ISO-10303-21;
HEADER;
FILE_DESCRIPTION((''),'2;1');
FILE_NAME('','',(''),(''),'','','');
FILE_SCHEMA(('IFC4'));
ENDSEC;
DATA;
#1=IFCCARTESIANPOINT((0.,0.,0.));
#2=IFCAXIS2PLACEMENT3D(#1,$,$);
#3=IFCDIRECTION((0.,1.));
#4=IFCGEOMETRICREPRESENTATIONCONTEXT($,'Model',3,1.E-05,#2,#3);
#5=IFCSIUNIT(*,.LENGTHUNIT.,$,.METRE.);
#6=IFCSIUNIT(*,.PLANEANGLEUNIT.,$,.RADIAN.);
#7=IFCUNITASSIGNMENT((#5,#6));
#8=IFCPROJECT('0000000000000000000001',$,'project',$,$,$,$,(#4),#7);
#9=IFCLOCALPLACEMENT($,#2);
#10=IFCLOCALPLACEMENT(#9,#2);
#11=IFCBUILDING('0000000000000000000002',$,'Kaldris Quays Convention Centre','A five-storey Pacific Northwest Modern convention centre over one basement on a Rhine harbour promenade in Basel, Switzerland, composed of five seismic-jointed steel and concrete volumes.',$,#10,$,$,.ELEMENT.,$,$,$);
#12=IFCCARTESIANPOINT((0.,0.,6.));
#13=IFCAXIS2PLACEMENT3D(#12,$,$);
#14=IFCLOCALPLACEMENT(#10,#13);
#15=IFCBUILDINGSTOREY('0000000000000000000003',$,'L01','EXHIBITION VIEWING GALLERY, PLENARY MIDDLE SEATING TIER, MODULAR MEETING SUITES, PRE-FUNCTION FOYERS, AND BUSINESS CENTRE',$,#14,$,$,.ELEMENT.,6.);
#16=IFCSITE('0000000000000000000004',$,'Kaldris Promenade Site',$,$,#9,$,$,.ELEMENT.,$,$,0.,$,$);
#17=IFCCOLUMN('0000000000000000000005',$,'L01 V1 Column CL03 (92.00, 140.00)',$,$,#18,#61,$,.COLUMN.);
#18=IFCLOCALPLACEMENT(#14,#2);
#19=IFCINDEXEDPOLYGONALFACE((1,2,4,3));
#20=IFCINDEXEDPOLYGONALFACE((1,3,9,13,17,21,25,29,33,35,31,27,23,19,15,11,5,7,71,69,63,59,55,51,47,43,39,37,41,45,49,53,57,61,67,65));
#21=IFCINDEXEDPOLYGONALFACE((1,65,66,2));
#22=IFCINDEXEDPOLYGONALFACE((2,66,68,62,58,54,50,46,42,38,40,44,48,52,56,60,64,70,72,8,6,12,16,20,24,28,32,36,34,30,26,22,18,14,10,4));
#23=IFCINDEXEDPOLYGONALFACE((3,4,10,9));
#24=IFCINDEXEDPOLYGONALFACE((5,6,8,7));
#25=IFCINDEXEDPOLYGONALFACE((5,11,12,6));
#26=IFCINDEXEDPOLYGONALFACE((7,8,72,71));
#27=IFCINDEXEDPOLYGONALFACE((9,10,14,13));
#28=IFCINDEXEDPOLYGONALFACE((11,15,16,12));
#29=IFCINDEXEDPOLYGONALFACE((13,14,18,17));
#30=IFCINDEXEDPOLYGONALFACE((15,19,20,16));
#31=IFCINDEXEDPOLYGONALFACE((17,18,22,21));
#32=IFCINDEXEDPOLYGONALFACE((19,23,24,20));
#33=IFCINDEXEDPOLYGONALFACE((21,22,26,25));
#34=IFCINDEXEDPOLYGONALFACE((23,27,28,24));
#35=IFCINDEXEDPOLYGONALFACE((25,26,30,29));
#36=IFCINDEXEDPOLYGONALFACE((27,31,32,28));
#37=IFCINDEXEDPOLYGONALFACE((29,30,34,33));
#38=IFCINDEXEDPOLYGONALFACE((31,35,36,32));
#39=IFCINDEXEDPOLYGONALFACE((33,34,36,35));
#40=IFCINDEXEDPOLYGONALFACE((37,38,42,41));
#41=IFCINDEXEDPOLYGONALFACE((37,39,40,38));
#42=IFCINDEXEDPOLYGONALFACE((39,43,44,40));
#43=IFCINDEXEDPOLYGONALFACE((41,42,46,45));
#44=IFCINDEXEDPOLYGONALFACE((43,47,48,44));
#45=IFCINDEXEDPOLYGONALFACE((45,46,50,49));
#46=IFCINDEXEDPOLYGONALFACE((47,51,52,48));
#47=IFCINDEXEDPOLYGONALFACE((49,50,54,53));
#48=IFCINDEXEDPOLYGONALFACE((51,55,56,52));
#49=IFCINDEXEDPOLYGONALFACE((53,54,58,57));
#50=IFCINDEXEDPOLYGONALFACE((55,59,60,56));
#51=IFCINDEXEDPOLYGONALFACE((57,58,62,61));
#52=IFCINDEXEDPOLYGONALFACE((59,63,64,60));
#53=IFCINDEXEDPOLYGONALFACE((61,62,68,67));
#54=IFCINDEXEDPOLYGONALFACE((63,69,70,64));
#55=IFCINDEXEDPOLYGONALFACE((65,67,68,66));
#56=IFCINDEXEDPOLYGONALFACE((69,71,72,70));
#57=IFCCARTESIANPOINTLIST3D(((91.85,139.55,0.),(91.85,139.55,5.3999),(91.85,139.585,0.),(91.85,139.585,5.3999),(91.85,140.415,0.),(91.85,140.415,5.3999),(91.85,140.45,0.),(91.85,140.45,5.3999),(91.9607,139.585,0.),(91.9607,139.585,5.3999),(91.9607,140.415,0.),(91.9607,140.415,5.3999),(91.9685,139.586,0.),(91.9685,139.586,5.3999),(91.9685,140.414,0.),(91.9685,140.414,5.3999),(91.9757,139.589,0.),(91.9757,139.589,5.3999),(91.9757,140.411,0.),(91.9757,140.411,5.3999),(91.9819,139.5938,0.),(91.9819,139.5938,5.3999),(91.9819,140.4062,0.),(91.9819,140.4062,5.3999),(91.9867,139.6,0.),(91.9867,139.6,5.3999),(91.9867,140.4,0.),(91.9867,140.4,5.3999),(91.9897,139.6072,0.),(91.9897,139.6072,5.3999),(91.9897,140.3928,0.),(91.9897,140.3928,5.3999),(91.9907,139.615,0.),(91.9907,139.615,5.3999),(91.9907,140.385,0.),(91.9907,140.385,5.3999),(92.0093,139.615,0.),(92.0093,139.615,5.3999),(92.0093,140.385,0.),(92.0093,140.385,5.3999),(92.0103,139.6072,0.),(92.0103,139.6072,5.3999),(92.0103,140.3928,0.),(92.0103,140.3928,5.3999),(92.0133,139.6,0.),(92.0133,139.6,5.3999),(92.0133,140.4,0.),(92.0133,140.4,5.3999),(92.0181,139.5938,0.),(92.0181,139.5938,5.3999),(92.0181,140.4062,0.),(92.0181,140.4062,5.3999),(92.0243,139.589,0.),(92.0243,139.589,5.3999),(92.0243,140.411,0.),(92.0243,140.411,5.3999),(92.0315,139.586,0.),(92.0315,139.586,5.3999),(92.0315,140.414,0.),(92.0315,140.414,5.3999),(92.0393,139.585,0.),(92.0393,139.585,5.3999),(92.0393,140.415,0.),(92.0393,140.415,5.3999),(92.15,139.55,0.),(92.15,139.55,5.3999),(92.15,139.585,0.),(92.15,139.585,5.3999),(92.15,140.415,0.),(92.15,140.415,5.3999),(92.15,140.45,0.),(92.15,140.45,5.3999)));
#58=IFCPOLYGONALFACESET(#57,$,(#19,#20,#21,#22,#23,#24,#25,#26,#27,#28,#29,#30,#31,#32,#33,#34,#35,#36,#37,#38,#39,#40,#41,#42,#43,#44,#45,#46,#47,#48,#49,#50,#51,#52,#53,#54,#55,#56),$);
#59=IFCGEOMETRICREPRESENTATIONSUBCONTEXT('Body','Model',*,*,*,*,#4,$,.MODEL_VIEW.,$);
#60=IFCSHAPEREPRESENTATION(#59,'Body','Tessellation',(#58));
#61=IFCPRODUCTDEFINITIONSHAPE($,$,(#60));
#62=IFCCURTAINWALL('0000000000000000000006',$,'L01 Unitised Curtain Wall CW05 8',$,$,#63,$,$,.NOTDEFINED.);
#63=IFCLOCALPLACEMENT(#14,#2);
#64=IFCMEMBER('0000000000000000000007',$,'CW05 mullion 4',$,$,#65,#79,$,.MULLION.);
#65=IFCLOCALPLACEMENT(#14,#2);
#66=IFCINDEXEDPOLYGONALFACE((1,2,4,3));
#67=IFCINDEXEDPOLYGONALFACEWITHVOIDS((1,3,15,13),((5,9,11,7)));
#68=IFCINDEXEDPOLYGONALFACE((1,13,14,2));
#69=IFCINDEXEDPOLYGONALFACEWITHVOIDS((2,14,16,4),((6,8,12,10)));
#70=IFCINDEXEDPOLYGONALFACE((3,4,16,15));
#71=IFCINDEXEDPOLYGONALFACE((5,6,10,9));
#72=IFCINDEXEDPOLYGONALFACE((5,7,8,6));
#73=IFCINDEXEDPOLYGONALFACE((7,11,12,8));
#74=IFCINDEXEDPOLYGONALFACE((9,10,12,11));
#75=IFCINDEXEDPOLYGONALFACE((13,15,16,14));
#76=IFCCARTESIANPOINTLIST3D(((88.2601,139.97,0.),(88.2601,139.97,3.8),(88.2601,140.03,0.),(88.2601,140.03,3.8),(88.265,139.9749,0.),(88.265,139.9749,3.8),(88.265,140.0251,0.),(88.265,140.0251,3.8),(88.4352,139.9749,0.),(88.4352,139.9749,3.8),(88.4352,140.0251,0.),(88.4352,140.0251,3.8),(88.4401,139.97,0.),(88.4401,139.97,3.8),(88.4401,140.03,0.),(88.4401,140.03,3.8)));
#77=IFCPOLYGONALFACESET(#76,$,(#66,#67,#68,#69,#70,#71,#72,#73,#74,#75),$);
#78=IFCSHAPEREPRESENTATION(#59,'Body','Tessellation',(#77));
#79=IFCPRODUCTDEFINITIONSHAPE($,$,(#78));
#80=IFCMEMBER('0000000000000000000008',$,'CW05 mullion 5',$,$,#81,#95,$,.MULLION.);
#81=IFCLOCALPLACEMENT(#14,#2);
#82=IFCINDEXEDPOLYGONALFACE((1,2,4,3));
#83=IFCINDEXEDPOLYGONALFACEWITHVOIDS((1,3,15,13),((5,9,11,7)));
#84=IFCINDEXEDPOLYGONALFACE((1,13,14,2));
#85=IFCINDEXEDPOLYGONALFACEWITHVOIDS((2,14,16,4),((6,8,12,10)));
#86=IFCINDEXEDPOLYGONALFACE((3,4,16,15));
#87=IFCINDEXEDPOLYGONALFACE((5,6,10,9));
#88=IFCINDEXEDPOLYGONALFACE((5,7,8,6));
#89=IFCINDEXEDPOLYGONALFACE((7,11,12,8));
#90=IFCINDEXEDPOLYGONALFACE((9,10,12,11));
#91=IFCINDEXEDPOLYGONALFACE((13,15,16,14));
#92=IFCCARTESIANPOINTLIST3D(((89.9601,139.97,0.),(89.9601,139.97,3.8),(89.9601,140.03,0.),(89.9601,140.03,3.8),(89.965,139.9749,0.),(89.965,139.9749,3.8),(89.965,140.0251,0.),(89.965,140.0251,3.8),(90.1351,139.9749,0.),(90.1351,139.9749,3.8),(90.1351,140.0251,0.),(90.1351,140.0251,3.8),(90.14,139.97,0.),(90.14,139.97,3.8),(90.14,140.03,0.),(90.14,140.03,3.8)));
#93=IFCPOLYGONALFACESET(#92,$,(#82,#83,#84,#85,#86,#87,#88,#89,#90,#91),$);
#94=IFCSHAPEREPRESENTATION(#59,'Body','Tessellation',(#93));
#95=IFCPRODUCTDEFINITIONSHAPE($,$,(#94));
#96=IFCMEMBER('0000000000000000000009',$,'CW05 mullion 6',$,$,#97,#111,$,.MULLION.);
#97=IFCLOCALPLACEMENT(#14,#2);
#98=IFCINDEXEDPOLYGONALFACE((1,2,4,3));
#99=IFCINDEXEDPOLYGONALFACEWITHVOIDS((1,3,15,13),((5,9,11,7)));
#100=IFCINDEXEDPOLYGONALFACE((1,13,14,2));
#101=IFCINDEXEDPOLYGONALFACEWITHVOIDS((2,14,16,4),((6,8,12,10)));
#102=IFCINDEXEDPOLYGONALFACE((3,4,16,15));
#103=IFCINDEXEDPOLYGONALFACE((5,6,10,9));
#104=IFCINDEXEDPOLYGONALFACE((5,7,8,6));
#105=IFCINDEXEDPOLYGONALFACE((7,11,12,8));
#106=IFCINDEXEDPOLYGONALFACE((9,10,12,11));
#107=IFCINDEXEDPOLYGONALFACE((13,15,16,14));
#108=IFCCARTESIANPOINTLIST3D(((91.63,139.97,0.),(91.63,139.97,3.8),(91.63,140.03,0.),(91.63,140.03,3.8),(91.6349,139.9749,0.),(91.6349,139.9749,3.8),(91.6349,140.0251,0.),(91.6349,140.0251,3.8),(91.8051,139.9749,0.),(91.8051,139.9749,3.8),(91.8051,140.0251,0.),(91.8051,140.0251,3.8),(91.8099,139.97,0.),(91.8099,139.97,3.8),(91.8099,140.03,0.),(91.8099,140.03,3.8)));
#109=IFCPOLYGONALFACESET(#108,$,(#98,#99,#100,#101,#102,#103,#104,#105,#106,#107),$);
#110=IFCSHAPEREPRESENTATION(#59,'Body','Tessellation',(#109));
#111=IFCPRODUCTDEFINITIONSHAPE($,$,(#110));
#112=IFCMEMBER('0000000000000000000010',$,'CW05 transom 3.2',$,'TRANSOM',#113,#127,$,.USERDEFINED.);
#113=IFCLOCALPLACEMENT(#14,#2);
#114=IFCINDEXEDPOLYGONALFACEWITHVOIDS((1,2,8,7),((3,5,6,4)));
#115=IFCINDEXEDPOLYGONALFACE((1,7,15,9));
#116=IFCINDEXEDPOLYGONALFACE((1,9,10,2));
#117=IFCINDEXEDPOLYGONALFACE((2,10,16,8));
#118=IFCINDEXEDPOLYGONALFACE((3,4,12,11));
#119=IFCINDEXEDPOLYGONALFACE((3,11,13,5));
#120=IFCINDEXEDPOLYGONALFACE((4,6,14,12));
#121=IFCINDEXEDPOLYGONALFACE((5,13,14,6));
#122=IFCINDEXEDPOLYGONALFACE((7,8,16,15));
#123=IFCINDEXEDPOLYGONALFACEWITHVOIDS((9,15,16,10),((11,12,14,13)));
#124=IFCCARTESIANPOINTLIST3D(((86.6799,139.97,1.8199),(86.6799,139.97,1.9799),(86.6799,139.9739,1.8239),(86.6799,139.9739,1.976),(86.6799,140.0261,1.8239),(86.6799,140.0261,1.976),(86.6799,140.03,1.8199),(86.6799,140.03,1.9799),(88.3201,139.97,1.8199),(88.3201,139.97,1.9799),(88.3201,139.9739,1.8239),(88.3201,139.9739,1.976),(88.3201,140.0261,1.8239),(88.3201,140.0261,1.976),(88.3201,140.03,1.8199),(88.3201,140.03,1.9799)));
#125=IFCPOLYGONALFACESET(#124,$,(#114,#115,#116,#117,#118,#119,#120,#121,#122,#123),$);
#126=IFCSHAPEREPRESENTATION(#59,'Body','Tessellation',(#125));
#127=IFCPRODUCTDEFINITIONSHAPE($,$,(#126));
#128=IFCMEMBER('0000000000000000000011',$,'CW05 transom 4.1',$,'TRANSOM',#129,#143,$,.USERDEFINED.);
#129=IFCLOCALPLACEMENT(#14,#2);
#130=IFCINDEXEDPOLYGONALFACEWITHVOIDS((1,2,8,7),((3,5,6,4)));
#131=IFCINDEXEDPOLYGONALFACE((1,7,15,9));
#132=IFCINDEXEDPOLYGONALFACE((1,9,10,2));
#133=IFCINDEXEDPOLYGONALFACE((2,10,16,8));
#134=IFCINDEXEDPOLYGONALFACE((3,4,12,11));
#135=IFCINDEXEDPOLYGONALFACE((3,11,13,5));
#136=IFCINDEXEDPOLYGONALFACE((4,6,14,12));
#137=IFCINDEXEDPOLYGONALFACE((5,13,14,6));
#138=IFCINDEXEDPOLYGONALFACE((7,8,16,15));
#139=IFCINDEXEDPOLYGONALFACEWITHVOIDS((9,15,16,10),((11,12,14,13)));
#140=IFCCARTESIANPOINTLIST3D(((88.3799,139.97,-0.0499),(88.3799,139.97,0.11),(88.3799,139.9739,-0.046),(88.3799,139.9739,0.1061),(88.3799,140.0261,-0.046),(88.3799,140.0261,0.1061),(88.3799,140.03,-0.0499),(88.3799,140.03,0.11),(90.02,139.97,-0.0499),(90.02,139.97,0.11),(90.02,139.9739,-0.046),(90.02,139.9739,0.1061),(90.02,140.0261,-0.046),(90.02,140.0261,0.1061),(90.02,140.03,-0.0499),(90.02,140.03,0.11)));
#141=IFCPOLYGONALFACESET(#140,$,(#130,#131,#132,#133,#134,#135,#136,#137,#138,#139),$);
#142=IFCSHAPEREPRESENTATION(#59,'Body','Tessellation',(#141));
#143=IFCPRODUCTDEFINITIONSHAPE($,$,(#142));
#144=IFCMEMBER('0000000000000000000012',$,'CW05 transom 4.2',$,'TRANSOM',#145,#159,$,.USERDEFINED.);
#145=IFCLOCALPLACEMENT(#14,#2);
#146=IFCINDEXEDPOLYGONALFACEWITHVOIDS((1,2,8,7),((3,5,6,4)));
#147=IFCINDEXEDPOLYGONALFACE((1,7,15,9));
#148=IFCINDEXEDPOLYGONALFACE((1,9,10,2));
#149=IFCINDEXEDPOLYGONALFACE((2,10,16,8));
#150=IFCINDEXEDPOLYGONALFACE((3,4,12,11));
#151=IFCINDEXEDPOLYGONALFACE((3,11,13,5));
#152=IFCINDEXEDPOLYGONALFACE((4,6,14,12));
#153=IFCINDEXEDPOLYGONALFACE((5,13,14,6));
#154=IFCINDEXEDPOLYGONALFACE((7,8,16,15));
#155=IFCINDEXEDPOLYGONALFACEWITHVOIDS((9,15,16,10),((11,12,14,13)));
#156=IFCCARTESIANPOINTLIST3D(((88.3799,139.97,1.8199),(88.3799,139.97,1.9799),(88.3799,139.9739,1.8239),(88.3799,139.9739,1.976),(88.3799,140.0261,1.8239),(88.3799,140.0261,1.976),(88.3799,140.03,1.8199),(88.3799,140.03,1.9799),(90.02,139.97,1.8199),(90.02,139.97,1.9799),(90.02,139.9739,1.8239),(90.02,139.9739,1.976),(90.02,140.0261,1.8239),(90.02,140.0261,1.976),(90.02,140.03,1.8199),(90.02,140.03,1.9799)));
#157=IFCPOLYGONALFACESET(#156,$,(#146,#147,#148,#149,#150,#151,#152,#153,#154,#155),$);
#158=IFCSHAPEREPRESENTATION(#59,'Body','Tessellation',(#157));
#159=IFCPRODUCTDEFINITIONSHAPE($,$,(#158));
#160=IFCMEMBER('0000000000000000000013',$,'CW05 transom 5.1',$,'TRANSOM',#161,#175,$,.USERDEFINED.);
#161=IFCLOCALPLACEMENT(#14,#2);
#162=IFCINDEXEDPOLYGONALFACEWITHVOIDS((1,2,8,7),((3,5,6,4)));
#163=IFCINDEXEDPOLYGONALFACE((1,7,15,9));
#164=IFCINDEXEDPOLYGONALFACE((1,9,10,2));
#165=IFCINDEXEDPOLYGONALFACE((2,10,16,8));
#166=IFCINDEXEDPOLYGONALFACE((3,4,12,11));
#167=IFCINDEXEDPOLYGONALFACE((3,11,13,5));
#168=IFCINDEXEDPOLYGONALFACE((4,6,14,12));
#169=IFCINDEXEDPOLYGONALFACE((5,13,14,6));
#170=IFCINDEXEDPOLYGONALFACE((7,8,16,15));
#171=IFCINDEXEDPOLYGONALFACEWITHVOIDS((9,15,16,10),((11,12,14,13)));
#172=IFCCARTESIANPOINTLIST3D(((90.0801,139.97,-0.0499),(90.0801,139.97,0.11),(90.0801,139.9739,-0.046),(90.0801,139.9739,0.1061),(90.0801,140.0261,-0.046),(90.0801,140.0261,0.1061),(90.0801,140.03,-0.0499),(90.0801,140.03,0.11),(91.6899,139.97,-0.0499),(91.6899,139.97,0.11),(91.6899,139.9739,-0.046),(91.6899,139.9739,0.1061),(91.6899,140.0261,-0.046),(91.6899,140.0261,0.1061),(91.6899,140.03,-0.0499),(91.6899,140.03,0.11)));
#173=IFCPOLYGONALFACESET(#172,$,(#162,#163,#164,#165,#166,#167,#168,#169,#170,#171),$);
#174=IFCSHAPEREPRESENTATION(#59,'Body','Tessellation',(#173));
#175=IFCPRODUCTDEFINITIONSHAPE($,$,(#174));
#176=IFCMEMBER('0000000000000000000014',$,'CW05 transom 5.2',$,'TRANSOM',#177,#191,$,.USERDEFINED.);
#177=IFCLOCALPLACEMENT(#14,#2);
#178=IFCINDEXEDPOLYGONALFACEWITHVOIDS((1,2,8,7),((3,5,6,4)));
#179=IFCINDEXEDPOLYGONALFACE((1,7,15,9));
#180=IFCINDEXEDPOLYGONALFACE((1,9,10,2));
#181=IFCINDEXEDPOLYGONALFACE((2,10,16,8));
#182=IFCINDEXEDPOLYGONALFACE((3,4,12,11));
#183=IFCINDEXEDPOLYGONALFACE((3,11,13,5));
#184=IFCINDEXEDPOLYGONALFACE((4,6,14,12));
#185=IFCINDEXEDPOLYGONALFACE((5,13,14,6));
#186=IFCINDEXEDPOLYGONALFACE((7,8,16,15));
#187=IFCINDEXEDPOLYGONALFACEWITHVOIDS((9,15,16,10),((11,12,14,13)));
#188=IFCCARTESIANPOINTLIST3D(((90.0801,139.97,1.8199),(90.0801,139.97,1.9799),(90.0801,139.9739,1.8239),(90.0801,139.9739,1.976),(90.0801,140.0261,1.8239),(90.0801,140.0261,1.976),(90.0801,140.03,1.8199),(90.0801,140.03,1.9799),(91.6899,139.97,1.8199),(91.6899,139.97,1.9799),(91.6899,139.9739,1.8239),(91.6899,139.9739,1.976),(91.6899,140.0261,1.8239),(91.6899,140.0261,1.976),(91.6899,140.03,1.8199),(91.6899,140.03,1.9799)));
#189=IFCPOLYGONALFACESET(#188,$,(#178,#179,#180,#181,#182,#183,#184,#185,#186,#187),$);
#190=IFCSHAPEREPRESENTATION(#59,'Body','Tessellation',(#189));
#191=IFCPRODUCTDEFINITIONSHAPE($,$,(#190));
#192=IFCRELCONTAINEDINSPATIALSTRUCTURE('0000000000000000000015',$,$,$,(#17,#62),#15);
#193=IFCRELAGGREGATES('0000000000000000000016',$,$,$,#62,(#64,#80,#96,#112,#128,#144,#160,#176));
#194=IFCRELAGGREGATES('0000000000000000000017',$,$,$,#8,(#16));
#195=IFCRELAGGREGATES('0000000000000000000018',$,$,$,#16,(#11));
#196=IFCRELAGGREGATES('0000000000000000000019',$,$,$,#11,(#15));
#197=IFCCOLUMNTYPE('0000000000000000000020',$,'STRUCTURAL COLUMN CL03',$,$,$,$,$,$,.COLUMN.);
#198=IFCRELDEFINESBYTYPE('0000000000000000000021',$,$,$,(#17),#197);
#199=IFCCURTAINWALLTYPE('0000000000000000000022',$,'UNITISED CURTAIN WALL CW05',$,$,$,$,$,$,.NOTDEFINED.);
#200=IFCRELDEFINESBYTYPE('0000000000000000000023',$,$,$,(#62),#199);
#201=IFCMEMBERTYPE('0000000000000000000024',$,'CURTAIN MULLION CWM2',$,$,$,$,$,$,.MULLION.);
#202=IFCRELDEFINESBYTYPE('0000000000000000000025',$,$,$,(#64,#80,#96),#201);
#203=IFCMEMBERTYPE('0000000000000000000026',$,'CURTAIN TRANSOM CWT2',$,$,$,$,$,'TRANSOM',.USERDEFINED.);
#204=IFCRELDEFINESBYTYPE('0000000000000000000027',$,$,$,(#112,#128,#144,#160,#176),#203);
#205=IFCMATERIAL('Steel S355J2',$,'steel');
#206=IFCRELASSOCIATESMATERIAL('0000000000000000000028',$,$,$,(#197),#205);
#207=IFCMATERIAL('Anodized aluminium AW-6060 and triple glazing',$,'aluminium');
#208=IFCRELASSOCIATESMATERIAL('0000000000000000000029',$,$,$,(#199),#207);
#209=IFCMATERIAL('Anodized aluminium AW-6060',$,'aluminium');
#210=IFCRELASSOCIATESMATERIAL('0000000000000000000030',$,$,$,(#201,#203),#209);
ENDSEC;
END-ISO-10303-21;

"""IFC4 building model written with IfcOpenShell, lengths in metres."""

from ifc_helpers import new_model, si_unit, direction, frame, origin, origin_2d, place, context, subcontext, project, spatial, hollow_rectangle, i_section, extrude, material, material_profile, profile_set, type_object, element, aggregate, save


model = new_model("IFC4")

# Units and contexts
model_context = context("Model", 3, precision=1e-05, world=origin(), true_north=direction((0.0, 1.0)))
body_context = subcontext(model_context, "Body", "Model", "MODEL_VIEW")
ifc_project = project(units=[si_unit("LENGTHUNIT", "METRE"), si_unit("PLANEANGLEUNIT", "RADIAN")], contexts=[model_context])

# Site, building, storey
site_placement = place(None, origin())
site = spatial("IfcSite", under=ifc_project, at=site_placement, Name="Kaldris Promenade Site", CompositionType="ELEMENT", RefElevation=0.0)
building_placement = place(site_placement, origin())
building = spatial("IfcBuilding", under=site, at=building_placement, Name="Kaldris Quays Convention Centre", Description="A five-storey Pacific Northwest Modern convention centre over one basement on a Rhine harbour promenade in Basel, Switzerland, composed of five seismic-jointed steel and concrete volumes.", CompositionType="ELEMENT")
storey_placement = place(building_placement, frame((0.0, 0.0, 6.0)))
storey = spatial("IfcBuildingStorey", under=building, at=storey_placement, Name="L01", Description="EXHIBITION VIEWING GALLERY, PLENARY MIDDLE SEATING TIER, MODULAR MEETING SUITES, PRE-FUNCTION FOYERS, AND BUSINESS CENTRE", CompositionType="ELEMENT", Elevation=6.0)

# Column
ifc_material_1 = material(Name="Steel S355J2", Category="steel")
ifc_material_profile_1 = material_profile(ifc_material_1, i_section(OverallWidth=0.3, OverallDepth=0.8999, WebThickness=0.0186, FlangeThickness=0.0349, FilletRadius=0.03, at=origin_2d()), Name="HEB 900")
ifc_profile_set_1 = profile_set([ifc_material_profile_1], Name="Steel S355J2")
column_type = type_object("IfcColumnType", Name="STRUCTURAL COLUMN CL03", PredefinedType="COLUMN", material=ifc_profile_set_1)
column_placement = place(storey_placement, frame((92.0, 140.0, 0.0), z_axis=(0.0, 0.0, 1.0), x_axis=(1.0, 0.0, 0.0)))
element("IfcColumn", 1, at=column_placement, inside=storey, type_object=column_type, Name="L01 V1 Column CL03 (92.00, 140.00)", PredefinedType="COLUMN", context=body_context, shape_type="SweptSolid", body=[
    extrude(i_section(OverallWidth=0.3, OverallDepth=0.8999, WebThickness=0.0186, FlangeThickness=0.0349, FilletRadius=0.03, at=origin_2d()), origin(), (0.0, 0.0, 1.0), 5.3999),
])

# Curtain wall, members
ifc_material_2 = material(Name="Anodized aluminium AW-6060 and triple glazing", Category="aluminium")
curtain_wall_type = type_object("IfcCurtainWallType", Name="UNITISED CURTAIN WALL CW05", PredefinedType="NOTDEFINED", material=ifc_material_2)
curtain_wall_placement = place(storey_placement, origin())
curtain_wall = element("IfcCurtainWall", 2, at=curtain_wall_placement, inside=storey, type_object=curtain_wall_type, Name="L01 Unitised Curtain Wall CW05 8", PredefinedType="NOTDEFINED")
ifc_material_3 = material(Name="Anodized aluminium AW-6060", Category="aluminium")
ifc_material_profile_2 = material_profile(ifc_material_3, hollow_rectangle(XDim=0.0601, YDim=0.1799, WallThickness=0.0049, at=origin_2d()), Name="RHS 180x60x5")
ifc_profile_set_2 = profile_set([ifc_material_profile_2], Name="Anodized aluminium AW-6060")
member_type_1 = type_object("IfcMemberType", Name="CURTAIN MULLION CWM2", PredefinedType="MULLION", material=ifc_profile_set_2)
member_1_placement = place(storey_placement, frame((88.3501, 140.0, 0.0), z_axis=(0.0, 0.0, 1.0), x_axis=(0.0, 1.0, 0.0)))
member_1 = element("IfcMember", 3, at=member_1_placement, type_object=member_type_1, Name="CW05 mullion 4", PredefinedType="MULLION", context=body_context, shape_type="SweptSolid", body=[
    extrude(hollow_rectangle(XDim=0.0601, YDim=0.1799, WallThickness=0.0049, at=origin_2d()), origin(), (0.0, 0.0, 1.0), 3.8),
])
member_2_placement = place(storey_placement, frame((90.05, 140.0, 0.0), z_axis=(0.0, 0.0, 1.0), x_axis=(0.0, 1.0, 0.0)))
member_2 = element("IfcMember", 4, at=member_2_placement, type_object=member_type_1, Name="CW05 mullion 5", PredefinedType="MULLION", context=body_context, shape_type="SweptSolid", body=[
    extrude(hollow_rectangle(XDim=0.0601, YDim=0.1799, WallThickness=0.0049, at=origin_2d()), origin(), (0.0, 0.0, 1.0), 3.8),
])
member_3_placement = place(storey_placement, frame((91.72, 140.0, 0.0), z_axis=(0.0, 0.0, 1.0), x_axis=(0.0, 1.0, 0.0)))
member_3 = element("IfcMember", 5, at=member_3_placement, type_object=member_type_1, Name="CW05 mullion 6", PredefinedType="MULLION", context=body_context, shape_type="SweptSolid", body=[
    extrude(hollow_rectangle(XDim=0.0601, YDim=0.1799, WallThickness=0.0049, at=origin_2d()), origin(), (0.0, 0.0, 1.0), 3.8),
])
ifc_material_profile_3 = material_profile(ifc_material_3, hollow_rectangle(XDim=0.0601, YDim=0.1599, WallThickness=0.0039, at=origin_2d()), Name="RHS 160x60x4")
ifc_profile_set_3 = profile_set([ifc_material_profile_3], Name="Anodized aluminium AW-6060")
member_type_2 = type_object("IfcMemberType", Name="CURTAIN TRANSOM CWT2", ElementType="TRANSOM", PredefinedType="USERDEFINED", material=ifc_profile_set_3)
member_4_placement = place(storey_placement, frame((86.6799, 140.0, 1.8999), z_axis=(1.0, 0.0, 0.0), x_axis=(0.0, 1.0, 0.0)))
member_4 = element("IfcMember", 6, at=member_4_placement, type_object=member_type_2, Name="CW05 transom 3.2", ObjectType="TRANSOM", PredefinedType="USERDEFINED", context=body_context, shape_type="SweptSolid", body=[
    extrude(hollow_rectangle(XDim=0.0601, YDim=0.1599, WallThickness=0.0039, at=origin_2d()), origin(), (0.0, 0.0, 1.0), 1.6401),
])
member_5_placement = place(storey_placement, frame((88.3799, 140.0, 0.03), z_axis=(1.0, 0.0, 0.0), x_axis=(0.0, 1.0, 0.0)))
member_5 = element("IfcMember", 7, at=member_5_placement, type_object=member_type_2, Name="CW05 transom 4.1", ObjectType="TRANSOM", PredefinedType="USERDEFINED", context=body_context, shape_type="SweptSolid", body=[
    extrude(hollow_rectangle(XDim=0.0601, YDim=0.1599, WallThickness=0.0039, at=origin_2d()), origin(), (0.0, 0.0, 1.0), 1.6401),
])
member_6_placement = place(storey_placement, frame((88.3799, 140.0, 1.8999), z_axis=(1.0, 0.0, 0.0), x_axis=(0.0, 1.0, 0.0)))
member_6 = element("IfcMember", 8, at=member_6_placement, type_object=member_type_2, Name="CW05 transom 4.2", ObjectType="TRANSOM", PredefinedType="USERDEFINED", context=body_context, shape_type="SweptSolid", body=[
    extrude(hollow_rectangle(XDim=0.0601, YDim=0.1599, WallThickness=0.0039, at=origin_2d()), origin(), (0.0, 0.0, 1.0), 1.6401),
])
member_7_placement = place(storey_placement, frame((90.0801, 140.0, 0.03), z_axis=(1.0, 0.0, 0.0), x_axis=(0.0, 1.0, 0.0)))
member_7 = element("IfcMember", 9, at=member_7_placement, type_object=member_type_2, Name="CW05 transom 5.1", ObjectType="TRANSOM", PredefinedType="USERDEFINED", context=body_context, shape_type="SweptSolid", body=[
    extrude(hollow_rectangle(XDim=0.0601, YDim=0.1599, WallThickness=0.0039, at=origin_2d()), origin(), (0.0, 0.0, 1.0), 1.6099),
])
member_8_placement = place(storey_placement, frame((90.0801, 140.0, 1.8999), z_axis=(1.0, 0.0, 0.0), x_axis=(0.0, 1.0, 0.0)))
member_8 = element("IfcMember", 10, at=member_8_placement, type_object=member_type_2, Name="CW05 transom 5.2", ObjectType="TRANSOM", PredefinedType="USERDEFINED", context=body_context, shape_type="SweptSolid", body=[
    extrude(hollow_rectangle(XDim=0.0601, YDim=0.1599, WallThickness=0.0039, at=origin_2d()), origin(), (0.0, 0.0, 1.0), 1.6099),
])
aggregate(curtain_wall, [member_1, member_2, member_3, member_4, member_5, member_6, member_7, member_8])

save(model, "model.ifc")
